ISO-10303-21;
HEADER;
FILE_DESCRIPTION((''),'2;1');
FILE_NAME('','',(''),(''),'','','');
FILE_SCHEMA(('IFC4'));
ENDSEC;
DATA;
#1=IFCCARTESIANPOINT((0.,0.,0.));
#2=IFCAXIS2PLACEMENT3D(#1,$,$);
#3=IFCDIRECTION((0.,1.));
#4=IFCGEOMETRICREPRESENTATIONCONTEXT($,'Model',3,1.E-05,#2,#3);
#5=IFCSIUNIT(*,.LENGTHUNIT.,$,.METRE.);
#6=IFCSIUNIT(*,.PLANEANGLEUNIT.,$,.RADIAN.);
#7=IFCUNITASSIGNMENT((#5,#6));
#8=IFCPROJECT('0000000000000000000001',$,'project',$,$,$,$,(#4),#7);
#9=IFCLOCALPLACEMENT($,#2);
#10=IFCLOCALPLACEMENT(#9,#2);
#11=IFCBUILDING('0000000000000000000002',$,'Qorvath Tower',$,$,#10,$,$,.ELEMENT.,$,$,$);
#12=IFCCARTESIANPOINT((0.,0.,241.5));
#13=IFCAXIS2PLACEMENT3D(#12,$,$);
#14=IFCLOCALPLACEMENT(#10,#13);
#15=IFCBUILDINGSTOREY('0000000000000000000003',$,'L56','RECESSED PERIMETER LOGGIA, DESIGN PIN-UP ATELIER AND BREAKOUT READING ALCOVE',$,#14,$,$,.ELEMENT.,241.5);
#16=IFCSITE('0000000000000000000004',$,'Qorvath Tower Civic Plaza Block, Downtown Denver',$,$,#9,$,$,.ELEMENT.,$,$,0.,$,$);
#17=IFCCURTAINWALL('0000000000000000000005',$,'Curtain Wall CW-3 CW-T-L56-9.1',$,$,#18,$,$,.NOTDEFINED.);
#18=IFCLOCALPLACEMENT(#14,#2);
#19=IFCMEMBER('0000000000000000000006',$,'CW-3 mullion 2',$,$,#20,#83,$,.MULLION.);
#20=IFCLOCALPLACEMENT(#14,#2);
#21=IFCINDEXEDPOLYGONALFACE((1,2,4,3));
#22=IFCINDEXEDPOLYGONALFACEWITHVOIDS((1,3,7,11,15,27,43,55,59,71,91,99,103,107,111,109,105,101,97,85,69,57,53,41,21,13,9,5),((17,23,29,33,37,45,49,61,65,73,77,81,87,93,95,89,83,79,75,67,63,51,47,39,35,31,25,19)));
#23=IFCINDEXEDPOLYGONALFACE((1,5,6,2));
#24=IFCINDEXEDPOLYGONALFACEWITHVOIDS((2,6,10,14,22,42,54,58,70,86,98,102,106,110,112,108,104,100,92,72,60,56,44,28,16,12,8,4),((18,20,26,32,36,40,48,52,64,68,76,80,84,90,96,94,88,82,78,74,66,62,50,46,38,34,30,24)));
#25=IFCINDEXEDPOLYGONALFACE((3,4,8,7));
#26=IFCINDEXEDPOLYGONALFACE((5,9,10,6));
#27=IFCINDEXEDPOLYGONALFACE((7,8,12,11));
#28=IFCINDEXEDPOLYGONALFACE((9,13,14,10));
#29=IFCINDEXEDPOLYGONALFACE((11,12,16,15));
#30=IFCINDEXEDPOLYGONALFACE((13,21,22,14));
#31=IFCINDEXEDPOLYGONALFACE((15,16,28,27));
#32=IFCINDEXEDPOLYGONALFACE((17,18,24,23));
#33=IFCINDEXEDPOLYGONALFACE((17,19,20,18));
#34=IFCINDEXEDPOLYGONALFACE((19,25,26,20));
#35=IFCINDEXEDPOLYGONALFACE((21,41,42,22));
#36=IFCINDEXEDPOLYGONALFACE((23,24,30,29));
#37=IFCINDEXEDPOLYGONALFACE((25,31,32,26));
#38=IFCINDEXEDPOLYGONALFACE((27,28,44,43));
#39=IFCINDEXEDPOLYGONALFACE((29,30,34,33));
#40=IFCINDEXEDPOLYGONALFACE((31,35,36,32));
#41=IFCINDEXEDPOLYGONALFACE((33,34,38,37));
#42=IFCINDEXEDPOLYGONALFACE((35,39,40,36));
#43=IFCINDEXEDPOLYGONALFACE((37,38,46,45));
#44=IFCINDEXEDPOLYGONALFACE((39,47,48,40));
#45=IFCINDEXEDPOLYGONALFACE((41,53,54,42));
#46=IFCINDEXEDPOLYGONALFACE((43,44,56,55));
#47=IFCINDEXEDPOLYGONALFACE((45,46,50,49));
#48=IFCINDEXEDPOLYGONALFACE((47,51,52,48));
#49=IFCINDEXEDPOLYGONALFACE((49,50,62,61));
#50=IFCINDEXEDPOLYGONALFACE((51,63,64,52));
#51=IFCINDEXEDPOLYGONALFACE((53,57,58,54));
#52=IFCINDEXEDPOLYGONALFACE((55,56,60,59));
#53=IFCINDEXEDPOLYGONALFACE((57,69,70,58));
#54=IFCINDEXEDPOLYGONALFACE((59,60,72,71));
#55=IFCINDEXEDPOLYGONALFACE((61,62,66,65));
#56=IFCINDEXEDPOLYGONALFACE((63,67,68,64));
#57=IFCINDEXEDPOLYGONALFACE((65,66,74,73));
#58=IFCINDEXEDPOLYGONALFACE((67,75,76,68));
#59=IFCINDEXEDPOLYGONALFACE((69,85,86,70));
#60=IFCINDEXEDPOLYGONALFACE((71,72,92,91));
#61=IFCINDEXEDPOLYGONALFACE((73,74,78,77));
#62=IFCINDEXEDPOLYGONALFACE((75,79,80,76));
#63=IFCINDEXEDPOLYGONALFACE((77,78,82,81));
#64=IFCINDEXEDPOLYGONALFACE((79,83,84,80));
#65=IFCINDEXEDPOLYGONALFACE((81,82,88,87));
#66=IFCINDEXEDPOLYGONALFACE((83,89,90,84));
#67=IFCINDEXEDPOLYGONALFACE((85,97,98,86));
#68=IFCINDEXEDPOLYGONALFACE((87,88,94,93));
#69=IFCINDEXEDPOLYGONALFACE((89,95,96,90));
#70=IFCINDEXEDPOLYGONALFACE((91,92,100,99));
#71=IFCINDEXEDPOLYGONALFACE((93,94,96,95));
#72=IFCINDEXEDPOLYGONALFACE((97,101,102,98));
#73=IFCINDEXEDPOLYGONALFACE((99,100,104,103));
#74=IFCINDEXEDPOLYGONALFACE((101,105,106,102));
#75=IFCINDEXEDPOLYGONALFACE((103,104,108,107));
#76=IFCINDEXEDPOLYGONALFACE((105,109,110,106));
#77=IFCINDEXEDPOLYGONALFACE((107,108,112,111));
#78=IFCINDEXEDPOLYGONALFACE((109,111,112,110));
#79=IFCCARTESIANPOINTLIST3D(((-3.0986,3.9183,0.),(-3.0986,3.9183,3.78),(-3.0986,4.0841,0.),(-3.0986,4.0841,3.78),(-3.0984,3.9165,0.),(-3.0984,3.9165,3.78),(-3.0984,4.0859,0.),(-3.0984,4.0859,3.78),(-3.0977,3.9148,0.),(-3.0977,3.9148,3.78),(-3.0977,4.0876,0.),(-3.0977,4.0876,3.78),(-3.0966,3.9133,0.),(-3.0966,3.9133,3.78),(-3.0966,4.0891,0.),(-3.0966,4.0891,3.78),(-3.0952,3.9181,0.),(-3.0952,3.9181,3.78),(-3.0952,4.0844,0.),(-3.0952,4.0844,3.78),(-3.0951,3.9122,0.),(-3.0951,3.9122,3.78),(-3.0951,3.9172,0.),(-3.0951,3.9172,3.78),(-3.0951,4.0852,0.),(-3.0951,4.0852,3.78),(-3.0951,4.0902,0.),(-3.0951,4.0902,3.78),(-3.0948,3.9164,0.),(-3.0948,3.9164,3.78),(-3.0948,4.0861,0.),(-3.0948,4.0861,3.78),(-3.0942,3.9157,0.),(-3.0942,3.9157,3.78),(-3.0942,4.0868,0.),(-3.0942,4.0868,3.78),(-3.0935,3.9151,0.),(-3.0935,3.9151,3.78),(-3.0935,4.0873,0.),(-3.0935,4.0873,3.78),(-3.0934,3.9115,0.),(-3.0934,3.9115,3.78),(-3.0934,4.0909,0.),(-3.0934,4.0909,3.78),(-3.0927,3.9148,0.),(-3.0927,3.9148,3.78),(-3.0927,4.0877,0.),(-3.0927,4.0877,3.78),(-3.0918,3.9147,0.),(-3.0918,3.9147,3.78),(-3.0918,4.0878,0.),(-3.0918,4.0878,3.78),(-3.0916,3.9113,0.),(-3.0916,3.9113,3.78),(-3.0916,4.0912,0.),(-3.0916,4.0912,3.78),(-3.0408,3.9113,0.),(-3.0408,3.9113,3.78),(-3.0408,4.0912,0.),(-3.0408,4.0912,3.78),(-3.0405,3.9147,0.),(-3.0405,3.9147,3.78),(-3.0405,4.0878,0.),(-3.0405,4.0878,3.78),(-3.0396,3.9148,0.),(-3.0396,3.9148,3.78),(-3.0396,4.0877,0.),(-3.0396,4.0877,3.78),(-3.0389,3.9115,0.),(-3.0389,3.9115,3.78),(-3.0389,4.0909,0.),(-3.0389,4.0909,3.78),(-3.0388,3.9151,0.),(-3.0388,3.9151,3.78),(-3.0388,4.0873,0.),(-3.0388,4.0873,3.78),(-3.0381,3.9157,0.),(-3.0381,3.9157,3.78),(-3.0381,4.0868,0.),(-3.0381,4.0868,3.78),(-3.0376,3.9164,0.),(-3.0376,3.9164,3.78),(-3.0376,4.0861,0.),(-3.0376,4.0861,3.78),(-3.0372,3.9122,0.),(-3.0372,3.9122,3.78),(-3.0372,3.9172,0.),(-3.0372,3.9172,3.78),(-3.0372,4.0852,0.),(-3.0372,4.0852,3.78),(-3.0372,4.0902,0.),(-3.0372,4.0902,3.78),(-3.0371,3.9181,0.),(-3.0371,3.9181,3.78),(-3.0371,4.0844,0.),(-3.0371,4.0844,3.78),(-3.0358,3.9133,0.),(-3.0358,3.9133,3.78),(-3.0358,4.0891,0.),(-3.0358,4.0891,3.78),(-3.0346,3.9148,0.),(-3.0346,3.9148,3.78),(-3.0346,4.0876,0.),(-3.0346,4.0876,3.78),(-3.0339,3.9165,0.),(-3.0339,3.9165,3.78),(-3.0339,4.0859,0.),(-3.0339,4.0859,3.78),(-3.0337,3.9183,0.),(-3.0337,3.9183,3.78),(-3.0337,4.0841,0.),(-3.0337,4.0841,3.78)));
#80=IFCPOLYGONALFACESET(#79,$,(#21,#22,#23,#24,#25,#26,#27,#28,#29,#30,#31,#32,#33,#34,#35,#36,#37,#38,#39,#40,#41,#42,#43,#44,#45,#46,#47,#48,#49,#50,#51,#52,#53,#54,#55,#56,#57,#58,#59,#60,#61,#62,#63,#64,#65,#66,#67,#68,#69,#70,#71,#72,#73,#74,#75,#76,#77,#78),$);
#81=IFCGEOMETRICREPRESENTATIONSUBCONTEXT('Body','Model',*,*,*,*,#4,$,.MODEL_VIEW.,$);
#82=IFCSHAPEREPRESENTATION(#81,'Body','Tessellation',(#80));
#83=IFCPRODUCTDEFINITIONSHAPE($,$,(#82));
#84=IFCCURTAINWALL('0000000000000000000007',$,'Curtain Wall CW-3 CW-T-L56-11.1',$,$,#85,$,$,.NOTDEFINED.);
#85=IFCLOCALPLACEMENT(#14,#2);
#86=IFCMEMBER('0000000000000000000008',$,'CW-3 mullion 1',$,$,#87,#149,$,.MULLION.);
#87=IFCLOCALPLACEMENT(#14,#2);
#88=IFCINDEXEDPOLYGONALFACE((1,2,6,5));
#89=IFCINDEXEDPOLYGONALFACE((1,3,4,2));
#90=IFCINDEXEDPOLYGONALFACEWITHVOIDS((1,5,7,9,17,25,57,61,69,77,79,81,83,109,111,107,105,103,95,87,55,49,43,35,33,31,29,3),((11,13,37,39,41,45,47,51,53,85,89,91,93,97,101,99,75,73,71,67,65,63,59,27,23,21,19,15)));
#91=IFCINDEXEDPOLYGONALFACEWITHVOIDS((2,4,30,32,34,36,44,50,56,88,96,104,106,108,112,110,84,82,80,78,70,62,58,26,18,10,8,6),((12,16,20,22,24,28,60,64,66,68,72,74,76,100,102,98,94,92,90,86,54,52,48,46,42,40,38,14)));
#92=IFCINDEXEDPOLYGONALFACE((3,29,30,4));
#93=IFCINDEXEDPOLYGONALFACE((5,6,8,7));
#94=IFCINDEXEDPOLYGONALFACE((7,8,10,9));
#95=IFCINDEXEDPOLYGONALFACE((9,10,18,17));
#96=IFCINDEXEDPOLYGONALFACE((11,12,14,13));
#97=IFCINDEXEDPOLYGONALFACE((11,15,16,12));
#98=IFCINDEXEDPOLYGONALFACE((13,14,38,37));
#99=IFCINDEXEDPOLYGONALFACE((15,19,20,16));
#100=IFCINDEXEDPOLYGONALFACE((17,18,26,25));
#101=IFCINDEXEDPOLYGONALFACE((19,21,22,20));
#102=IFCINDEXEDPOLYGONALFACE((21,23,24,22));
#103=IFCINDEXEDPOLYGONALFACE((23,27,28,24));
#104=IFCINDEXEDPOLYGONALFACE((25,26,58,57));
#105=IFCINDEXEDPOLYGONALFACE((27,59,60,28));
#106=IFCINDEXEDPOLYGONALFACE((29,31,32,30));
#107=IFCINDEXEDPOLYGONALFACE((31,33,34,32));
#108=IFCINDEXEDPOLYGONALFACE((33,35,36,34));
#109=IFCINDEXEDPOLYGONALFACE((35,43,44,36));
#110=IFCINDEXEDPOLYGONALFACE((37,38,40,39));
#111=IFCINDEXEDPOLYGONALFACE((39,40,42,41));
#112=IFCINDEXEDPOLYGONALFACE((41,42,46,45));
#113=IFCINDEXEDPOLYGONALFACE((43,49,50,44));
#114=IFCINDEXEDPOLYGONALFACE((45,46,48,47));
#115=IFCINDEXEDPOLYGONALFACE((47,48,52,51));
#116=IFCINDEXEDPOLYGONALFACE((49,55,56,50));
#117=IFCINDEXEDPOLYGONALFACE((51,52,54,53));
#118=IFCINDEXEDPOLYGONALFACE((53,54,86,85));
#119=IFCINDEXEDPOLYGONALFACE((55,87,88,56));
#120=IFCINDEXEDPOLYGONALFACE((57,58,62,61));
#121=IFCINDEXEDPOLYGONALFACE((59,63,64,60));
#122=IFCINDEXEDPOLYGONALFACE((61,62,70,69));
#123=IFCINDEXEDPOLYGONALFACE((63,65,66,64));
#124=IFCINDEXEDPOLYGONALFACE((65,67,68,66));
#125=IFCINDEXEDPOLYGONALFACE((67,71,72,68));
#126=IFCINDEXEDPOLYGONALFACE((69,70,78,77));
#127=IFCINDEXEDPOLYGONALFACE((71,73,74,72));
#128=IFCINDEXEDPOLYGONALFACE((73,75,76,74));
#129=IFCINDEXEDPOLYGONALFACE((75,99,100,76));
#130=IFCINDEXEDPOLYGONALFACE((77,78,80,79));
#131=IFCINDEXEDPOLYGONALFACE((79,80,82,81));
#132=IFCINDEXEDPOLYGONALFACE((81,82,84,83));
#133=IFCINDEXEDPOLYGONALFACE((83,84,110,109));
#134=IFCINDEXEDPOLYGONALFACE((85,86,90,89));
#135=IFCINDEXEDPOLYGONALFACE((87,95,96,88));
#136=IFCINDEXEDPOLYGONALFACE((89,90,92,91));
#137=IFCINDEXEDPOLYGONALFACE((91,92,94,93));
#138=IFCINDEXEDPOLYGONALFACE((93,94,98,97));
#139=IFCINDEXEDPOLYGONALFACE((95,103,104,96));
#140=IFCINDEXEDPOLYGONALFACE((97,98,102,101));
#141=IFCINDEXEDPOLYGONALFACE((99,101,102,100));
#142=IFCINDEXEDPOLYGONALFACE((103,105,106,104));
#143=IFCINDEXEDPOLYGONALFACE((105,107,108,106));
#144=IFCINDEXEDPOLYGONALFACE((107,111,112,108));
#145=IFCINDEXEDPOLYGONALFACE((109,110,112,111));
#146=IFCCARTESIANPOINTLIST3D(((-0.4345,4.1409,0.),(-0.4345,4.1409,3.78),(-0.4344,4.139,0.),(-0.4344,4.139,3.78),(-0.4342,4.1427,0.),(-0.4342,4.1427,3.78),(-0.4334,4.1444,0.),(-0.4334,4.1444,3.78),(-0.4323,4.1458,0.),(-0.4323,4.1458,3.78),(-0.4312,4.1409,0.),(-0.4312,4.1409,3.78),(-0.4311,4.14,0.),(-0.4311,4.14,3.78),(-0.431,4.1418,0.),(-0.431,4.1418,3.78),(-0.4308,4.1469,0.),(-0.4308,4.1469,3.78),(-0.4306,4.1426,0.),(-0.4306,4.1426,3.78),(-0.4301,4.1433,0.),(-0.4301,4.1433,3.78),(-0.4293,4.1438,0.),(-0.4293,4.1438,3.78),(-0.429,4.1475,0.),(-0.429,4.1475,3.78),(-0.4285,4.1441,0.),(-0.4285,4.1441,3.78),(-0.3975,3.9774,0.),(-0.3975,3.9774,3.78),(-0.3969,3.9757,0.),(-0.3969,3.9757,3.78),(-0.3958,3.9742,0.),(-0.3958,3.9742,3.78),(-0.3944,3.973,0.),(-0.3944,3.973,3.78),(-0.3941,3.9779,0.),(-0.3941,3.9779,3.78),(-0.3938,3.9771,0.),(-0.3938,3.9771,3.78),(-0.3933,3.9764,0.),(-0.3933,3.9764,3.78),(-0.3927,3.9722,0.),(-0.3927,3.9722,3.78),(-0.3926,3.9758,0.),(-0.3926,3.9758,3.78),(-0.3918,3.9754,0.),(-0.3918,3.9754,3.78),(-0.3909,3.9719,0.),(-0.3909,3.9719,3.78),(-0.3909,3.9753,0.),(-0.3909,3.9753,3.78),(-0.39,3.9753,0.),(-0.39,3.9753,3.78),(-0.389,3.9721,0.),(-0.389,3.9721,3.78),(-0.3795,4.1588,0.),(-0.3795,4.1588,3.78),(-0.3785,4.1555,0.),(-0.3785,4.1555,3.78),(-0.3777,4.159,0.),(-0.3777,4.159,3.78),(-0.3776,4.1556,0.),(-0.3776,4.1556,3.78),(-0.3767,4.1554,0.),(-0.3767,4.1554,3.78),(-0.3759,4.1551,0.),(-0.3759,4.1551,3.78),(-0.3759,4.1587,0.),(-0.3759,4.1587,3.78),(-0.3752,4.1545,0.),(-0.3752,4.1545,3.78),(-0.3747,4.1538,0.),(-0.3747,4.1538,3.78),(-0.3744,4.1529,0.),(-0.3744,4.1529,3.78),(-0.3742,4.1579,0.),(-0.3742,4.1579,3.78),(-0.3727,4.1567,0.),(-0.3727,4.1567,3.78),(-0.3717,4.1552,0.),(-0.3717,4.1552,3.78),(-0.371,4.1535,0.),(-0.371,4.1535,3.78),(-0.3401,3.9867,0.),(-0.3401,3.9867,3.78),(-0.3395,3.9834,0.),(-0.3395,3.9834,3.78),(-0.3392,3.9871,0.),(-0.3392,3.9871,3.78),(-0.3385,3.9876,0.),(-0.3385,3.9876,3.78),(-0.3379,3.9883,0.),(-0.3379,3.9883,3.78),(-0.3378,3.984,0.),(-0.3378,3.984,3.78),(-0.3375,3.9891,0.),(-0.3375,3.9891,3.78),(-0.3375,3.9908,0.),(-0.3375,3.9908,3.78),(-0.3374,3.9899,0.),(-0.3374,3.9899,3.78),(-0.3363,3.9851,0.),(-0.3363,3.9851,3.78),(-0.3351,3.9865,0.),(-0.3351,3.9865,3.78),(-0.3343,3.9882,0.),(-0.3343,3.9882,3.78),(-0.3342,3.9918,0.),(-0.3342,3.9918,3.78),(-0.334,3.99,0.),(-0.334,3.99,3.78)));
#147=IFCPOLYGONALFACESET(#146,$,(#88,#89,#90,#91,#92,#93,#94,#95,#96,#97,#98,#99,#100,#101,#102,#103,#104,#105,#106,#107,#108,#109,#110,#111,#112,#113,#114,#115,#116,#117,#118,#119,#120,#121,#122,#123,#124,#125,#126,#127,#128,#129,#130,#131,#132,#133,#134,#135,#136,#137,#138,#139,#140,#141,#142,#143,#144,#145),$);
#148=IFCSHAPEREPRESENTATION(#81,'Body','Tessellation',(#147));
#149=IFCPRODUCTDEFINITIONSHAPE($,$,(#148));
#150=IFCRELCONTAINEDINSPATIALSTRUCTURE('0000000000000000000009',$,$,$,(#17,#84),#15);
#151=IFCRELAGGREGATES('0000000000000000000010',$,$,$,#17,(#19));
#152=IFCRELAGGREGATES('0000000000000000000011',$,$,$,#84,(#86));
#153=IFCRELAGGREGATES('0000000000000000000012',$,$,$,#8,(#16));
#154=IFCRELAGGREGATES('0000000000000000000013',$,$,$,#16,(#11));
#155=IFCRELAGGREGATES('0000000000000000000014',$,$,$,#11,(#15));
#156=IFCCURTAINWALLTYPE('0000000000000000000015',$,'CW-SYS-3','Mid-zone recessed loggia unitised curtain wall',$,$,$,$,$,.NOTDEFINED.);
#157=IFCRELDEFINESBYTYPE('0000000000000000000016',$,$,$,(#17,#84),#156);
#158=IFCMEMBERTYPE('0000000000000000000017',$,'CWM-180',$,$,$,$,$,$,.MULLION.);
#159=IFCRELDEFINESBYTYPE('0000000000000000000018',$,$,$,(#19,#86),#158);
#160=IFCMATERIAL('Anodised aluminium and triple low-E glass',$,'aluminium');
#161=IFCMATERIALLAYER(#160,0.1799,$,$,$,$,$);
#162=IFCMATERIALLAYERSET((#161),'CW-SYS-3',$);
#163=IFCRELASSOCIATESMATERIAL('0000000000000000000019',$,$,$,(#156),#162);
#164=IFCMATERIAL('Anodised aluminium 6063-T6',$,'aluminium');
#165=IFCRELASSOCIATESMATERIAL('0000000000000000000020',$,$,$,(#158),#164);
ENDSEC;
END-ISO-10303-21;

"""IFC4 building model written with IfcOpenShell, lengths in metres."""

from ifc_helpers import new_model, si_unit, direction, frame, origin, origin_2d, place, context, subcontext, project, spatial, hollow_rectangle, extrude, material, layer, layer_set, material_profile, profile_set, type_object, element, aggregate, save


model = new_model("IFC4")

# Units and contexts
model_context = context("Model", 3, precision=1e-05, world=origin(), true_north=direction((0.0, 1.0)))
body_context = subcontext(model_context, "Body", "Model", "MODEL_VIEW")
ifc_project = project(units=[si_unit("LENGTHUNIT", "METRE"), si_unit("PLANEANGLEUNIT", "RADIAN")], contexts=[model_context])

# Site, building, storey
site_placement = place(None, origin())
site = spatial("IfcSite", under=ifc_project, at=site_placement, Name="Qorvath Tower Civic Plaza Block, Downtown Denver", CompositionType="ELEMENT", RefElevation=0.0)
building_placement = place(site_placement, origin())
building = spatial("IfcBuilding", under=site, at=building_placement, Name="Qorvath Tower", CompositionType="ELEMENT")
storey_placement = place(building_placement, frame((0.0, 0.0, 241.5)))
storey = spatial("IfcBuildingStorey", under=building, at=storey_placement, Name="L56", Description="RECESSED PERIMETER LOGGIA, DESIGN PIN-UP ATELIER AND BREAKOUT READING ALCOVE", CompositionType="ELEMENT", Elevation=241.5)

# Curtain wall, member
ifc_material_1 = material(Name="Anodised aluminium and triple low-E glass", Category="aluminium")
ifc_layer_1 = layer(ifc_material_1, 0.1799)
ifc_layer_set_1 = layer_set([ifc_layer_1], Name="CW-SYS-3")
curtain_wall_type = type_object("IfcCurtainWallType", Name="CW-SYS-3", Description="Mid-zone recessed loggia unitised curtain wall", PredefinedType="NOTDEFINED", material=ifc_layer_set_1)
curtain_wall_1_placement = place(storey_placement, origin())
curtain_wall_1 = element("IfcCurtainWall", 1, at=curtain_wall_1_placement, inside=storey, type_object=curtain_wall_type, Name="Curtain Wall CW-3 CW-T-L56-9.1", PredefinedType="NOTDEFINED")
ifc_material_2 = material(Name="Anodised aluminium 6063-T6", Category="aluminium")
ifc_material_profile_1 = material_profile(ifc_material_2, hollow_rectangle(XDim=0.0649, YDim=0.1799, WallThickness=0.0034, InnerFilletRadius=0.0034, OuterFilletRadius=0.0071, at=origin_2d()), Name="CWM 180x65")
ifc_profile_set_1 = profile_set([ifc_material_profile_1], Name="Anodised aluminium 6063-T6")
member_type_1 = type_object("IfcMemberType", Name="CWM-180", PredefinedType="MULLION", material=ifc_profile_set_1)
member_1_placement = place(storey_placement, frame((-3.0662, 4.0012, 0.0), z_axis=(0.0, 0.0, 1.0), x_axis=(-1.0, 0.0, 0.0)))
member_1 = element("IfcMember", 2, at=member_1_placement, type_object=member_type_1, Name="CW-3 mullion 2", PredefinedType="MULLION", context=body_context, shape_type="SweptSolid", body=[
    extrude(hollow_rectangle(XDim=0.0649, YDim=0.1799, WallThickness=0.0034, InnerFilletRadius=0.0034, OuterFilletRadius=0.0071, at=origin_2d()), origin(), (0.0, 0.0, 1.0), 3.78),
])
aggregate(curtain_wall_1, [member_1])

# Curtain wall, member
curtain_wall_2_placement = place(storey_placement, origin())
curtain_wall_2 = element("IfcCurtainWall", 3, at=curtain_wall_2_placement, inside=storey, type_object=curtain_wall_type, Name="Curtain Wall CW-3 CW-T-L56-11.1", PredefinedType="NOTDEFINED")
member_2_placement = place(storey_placement, frame((-0.3843, 4.0654, 0.0), z_axis=(0.0, 0.0, 1.0), x_axis=(-0.975, -0.222206, 0.0)))
member_2 = element("IfcMember", 4, at=member_2_placement, type_object=member_type_1, Name="CW-3 mullion 1", PredefinedType="MULLION", context=body_context, shape_type="SweptSolid", body=[
    extrude(hollow_rectangle(XDim=0.0649, YDim=0.1799, WallThickness=0.0034, InnerFilletRadius=0.0034, OuterFilletRadius=0.0071, at=origin_2d()), origin(), (0.0, 0.0, 1.0), 3.78),
])
aggregate(curtain_wall_2, [member_2])

save(model, "model.ifc")
